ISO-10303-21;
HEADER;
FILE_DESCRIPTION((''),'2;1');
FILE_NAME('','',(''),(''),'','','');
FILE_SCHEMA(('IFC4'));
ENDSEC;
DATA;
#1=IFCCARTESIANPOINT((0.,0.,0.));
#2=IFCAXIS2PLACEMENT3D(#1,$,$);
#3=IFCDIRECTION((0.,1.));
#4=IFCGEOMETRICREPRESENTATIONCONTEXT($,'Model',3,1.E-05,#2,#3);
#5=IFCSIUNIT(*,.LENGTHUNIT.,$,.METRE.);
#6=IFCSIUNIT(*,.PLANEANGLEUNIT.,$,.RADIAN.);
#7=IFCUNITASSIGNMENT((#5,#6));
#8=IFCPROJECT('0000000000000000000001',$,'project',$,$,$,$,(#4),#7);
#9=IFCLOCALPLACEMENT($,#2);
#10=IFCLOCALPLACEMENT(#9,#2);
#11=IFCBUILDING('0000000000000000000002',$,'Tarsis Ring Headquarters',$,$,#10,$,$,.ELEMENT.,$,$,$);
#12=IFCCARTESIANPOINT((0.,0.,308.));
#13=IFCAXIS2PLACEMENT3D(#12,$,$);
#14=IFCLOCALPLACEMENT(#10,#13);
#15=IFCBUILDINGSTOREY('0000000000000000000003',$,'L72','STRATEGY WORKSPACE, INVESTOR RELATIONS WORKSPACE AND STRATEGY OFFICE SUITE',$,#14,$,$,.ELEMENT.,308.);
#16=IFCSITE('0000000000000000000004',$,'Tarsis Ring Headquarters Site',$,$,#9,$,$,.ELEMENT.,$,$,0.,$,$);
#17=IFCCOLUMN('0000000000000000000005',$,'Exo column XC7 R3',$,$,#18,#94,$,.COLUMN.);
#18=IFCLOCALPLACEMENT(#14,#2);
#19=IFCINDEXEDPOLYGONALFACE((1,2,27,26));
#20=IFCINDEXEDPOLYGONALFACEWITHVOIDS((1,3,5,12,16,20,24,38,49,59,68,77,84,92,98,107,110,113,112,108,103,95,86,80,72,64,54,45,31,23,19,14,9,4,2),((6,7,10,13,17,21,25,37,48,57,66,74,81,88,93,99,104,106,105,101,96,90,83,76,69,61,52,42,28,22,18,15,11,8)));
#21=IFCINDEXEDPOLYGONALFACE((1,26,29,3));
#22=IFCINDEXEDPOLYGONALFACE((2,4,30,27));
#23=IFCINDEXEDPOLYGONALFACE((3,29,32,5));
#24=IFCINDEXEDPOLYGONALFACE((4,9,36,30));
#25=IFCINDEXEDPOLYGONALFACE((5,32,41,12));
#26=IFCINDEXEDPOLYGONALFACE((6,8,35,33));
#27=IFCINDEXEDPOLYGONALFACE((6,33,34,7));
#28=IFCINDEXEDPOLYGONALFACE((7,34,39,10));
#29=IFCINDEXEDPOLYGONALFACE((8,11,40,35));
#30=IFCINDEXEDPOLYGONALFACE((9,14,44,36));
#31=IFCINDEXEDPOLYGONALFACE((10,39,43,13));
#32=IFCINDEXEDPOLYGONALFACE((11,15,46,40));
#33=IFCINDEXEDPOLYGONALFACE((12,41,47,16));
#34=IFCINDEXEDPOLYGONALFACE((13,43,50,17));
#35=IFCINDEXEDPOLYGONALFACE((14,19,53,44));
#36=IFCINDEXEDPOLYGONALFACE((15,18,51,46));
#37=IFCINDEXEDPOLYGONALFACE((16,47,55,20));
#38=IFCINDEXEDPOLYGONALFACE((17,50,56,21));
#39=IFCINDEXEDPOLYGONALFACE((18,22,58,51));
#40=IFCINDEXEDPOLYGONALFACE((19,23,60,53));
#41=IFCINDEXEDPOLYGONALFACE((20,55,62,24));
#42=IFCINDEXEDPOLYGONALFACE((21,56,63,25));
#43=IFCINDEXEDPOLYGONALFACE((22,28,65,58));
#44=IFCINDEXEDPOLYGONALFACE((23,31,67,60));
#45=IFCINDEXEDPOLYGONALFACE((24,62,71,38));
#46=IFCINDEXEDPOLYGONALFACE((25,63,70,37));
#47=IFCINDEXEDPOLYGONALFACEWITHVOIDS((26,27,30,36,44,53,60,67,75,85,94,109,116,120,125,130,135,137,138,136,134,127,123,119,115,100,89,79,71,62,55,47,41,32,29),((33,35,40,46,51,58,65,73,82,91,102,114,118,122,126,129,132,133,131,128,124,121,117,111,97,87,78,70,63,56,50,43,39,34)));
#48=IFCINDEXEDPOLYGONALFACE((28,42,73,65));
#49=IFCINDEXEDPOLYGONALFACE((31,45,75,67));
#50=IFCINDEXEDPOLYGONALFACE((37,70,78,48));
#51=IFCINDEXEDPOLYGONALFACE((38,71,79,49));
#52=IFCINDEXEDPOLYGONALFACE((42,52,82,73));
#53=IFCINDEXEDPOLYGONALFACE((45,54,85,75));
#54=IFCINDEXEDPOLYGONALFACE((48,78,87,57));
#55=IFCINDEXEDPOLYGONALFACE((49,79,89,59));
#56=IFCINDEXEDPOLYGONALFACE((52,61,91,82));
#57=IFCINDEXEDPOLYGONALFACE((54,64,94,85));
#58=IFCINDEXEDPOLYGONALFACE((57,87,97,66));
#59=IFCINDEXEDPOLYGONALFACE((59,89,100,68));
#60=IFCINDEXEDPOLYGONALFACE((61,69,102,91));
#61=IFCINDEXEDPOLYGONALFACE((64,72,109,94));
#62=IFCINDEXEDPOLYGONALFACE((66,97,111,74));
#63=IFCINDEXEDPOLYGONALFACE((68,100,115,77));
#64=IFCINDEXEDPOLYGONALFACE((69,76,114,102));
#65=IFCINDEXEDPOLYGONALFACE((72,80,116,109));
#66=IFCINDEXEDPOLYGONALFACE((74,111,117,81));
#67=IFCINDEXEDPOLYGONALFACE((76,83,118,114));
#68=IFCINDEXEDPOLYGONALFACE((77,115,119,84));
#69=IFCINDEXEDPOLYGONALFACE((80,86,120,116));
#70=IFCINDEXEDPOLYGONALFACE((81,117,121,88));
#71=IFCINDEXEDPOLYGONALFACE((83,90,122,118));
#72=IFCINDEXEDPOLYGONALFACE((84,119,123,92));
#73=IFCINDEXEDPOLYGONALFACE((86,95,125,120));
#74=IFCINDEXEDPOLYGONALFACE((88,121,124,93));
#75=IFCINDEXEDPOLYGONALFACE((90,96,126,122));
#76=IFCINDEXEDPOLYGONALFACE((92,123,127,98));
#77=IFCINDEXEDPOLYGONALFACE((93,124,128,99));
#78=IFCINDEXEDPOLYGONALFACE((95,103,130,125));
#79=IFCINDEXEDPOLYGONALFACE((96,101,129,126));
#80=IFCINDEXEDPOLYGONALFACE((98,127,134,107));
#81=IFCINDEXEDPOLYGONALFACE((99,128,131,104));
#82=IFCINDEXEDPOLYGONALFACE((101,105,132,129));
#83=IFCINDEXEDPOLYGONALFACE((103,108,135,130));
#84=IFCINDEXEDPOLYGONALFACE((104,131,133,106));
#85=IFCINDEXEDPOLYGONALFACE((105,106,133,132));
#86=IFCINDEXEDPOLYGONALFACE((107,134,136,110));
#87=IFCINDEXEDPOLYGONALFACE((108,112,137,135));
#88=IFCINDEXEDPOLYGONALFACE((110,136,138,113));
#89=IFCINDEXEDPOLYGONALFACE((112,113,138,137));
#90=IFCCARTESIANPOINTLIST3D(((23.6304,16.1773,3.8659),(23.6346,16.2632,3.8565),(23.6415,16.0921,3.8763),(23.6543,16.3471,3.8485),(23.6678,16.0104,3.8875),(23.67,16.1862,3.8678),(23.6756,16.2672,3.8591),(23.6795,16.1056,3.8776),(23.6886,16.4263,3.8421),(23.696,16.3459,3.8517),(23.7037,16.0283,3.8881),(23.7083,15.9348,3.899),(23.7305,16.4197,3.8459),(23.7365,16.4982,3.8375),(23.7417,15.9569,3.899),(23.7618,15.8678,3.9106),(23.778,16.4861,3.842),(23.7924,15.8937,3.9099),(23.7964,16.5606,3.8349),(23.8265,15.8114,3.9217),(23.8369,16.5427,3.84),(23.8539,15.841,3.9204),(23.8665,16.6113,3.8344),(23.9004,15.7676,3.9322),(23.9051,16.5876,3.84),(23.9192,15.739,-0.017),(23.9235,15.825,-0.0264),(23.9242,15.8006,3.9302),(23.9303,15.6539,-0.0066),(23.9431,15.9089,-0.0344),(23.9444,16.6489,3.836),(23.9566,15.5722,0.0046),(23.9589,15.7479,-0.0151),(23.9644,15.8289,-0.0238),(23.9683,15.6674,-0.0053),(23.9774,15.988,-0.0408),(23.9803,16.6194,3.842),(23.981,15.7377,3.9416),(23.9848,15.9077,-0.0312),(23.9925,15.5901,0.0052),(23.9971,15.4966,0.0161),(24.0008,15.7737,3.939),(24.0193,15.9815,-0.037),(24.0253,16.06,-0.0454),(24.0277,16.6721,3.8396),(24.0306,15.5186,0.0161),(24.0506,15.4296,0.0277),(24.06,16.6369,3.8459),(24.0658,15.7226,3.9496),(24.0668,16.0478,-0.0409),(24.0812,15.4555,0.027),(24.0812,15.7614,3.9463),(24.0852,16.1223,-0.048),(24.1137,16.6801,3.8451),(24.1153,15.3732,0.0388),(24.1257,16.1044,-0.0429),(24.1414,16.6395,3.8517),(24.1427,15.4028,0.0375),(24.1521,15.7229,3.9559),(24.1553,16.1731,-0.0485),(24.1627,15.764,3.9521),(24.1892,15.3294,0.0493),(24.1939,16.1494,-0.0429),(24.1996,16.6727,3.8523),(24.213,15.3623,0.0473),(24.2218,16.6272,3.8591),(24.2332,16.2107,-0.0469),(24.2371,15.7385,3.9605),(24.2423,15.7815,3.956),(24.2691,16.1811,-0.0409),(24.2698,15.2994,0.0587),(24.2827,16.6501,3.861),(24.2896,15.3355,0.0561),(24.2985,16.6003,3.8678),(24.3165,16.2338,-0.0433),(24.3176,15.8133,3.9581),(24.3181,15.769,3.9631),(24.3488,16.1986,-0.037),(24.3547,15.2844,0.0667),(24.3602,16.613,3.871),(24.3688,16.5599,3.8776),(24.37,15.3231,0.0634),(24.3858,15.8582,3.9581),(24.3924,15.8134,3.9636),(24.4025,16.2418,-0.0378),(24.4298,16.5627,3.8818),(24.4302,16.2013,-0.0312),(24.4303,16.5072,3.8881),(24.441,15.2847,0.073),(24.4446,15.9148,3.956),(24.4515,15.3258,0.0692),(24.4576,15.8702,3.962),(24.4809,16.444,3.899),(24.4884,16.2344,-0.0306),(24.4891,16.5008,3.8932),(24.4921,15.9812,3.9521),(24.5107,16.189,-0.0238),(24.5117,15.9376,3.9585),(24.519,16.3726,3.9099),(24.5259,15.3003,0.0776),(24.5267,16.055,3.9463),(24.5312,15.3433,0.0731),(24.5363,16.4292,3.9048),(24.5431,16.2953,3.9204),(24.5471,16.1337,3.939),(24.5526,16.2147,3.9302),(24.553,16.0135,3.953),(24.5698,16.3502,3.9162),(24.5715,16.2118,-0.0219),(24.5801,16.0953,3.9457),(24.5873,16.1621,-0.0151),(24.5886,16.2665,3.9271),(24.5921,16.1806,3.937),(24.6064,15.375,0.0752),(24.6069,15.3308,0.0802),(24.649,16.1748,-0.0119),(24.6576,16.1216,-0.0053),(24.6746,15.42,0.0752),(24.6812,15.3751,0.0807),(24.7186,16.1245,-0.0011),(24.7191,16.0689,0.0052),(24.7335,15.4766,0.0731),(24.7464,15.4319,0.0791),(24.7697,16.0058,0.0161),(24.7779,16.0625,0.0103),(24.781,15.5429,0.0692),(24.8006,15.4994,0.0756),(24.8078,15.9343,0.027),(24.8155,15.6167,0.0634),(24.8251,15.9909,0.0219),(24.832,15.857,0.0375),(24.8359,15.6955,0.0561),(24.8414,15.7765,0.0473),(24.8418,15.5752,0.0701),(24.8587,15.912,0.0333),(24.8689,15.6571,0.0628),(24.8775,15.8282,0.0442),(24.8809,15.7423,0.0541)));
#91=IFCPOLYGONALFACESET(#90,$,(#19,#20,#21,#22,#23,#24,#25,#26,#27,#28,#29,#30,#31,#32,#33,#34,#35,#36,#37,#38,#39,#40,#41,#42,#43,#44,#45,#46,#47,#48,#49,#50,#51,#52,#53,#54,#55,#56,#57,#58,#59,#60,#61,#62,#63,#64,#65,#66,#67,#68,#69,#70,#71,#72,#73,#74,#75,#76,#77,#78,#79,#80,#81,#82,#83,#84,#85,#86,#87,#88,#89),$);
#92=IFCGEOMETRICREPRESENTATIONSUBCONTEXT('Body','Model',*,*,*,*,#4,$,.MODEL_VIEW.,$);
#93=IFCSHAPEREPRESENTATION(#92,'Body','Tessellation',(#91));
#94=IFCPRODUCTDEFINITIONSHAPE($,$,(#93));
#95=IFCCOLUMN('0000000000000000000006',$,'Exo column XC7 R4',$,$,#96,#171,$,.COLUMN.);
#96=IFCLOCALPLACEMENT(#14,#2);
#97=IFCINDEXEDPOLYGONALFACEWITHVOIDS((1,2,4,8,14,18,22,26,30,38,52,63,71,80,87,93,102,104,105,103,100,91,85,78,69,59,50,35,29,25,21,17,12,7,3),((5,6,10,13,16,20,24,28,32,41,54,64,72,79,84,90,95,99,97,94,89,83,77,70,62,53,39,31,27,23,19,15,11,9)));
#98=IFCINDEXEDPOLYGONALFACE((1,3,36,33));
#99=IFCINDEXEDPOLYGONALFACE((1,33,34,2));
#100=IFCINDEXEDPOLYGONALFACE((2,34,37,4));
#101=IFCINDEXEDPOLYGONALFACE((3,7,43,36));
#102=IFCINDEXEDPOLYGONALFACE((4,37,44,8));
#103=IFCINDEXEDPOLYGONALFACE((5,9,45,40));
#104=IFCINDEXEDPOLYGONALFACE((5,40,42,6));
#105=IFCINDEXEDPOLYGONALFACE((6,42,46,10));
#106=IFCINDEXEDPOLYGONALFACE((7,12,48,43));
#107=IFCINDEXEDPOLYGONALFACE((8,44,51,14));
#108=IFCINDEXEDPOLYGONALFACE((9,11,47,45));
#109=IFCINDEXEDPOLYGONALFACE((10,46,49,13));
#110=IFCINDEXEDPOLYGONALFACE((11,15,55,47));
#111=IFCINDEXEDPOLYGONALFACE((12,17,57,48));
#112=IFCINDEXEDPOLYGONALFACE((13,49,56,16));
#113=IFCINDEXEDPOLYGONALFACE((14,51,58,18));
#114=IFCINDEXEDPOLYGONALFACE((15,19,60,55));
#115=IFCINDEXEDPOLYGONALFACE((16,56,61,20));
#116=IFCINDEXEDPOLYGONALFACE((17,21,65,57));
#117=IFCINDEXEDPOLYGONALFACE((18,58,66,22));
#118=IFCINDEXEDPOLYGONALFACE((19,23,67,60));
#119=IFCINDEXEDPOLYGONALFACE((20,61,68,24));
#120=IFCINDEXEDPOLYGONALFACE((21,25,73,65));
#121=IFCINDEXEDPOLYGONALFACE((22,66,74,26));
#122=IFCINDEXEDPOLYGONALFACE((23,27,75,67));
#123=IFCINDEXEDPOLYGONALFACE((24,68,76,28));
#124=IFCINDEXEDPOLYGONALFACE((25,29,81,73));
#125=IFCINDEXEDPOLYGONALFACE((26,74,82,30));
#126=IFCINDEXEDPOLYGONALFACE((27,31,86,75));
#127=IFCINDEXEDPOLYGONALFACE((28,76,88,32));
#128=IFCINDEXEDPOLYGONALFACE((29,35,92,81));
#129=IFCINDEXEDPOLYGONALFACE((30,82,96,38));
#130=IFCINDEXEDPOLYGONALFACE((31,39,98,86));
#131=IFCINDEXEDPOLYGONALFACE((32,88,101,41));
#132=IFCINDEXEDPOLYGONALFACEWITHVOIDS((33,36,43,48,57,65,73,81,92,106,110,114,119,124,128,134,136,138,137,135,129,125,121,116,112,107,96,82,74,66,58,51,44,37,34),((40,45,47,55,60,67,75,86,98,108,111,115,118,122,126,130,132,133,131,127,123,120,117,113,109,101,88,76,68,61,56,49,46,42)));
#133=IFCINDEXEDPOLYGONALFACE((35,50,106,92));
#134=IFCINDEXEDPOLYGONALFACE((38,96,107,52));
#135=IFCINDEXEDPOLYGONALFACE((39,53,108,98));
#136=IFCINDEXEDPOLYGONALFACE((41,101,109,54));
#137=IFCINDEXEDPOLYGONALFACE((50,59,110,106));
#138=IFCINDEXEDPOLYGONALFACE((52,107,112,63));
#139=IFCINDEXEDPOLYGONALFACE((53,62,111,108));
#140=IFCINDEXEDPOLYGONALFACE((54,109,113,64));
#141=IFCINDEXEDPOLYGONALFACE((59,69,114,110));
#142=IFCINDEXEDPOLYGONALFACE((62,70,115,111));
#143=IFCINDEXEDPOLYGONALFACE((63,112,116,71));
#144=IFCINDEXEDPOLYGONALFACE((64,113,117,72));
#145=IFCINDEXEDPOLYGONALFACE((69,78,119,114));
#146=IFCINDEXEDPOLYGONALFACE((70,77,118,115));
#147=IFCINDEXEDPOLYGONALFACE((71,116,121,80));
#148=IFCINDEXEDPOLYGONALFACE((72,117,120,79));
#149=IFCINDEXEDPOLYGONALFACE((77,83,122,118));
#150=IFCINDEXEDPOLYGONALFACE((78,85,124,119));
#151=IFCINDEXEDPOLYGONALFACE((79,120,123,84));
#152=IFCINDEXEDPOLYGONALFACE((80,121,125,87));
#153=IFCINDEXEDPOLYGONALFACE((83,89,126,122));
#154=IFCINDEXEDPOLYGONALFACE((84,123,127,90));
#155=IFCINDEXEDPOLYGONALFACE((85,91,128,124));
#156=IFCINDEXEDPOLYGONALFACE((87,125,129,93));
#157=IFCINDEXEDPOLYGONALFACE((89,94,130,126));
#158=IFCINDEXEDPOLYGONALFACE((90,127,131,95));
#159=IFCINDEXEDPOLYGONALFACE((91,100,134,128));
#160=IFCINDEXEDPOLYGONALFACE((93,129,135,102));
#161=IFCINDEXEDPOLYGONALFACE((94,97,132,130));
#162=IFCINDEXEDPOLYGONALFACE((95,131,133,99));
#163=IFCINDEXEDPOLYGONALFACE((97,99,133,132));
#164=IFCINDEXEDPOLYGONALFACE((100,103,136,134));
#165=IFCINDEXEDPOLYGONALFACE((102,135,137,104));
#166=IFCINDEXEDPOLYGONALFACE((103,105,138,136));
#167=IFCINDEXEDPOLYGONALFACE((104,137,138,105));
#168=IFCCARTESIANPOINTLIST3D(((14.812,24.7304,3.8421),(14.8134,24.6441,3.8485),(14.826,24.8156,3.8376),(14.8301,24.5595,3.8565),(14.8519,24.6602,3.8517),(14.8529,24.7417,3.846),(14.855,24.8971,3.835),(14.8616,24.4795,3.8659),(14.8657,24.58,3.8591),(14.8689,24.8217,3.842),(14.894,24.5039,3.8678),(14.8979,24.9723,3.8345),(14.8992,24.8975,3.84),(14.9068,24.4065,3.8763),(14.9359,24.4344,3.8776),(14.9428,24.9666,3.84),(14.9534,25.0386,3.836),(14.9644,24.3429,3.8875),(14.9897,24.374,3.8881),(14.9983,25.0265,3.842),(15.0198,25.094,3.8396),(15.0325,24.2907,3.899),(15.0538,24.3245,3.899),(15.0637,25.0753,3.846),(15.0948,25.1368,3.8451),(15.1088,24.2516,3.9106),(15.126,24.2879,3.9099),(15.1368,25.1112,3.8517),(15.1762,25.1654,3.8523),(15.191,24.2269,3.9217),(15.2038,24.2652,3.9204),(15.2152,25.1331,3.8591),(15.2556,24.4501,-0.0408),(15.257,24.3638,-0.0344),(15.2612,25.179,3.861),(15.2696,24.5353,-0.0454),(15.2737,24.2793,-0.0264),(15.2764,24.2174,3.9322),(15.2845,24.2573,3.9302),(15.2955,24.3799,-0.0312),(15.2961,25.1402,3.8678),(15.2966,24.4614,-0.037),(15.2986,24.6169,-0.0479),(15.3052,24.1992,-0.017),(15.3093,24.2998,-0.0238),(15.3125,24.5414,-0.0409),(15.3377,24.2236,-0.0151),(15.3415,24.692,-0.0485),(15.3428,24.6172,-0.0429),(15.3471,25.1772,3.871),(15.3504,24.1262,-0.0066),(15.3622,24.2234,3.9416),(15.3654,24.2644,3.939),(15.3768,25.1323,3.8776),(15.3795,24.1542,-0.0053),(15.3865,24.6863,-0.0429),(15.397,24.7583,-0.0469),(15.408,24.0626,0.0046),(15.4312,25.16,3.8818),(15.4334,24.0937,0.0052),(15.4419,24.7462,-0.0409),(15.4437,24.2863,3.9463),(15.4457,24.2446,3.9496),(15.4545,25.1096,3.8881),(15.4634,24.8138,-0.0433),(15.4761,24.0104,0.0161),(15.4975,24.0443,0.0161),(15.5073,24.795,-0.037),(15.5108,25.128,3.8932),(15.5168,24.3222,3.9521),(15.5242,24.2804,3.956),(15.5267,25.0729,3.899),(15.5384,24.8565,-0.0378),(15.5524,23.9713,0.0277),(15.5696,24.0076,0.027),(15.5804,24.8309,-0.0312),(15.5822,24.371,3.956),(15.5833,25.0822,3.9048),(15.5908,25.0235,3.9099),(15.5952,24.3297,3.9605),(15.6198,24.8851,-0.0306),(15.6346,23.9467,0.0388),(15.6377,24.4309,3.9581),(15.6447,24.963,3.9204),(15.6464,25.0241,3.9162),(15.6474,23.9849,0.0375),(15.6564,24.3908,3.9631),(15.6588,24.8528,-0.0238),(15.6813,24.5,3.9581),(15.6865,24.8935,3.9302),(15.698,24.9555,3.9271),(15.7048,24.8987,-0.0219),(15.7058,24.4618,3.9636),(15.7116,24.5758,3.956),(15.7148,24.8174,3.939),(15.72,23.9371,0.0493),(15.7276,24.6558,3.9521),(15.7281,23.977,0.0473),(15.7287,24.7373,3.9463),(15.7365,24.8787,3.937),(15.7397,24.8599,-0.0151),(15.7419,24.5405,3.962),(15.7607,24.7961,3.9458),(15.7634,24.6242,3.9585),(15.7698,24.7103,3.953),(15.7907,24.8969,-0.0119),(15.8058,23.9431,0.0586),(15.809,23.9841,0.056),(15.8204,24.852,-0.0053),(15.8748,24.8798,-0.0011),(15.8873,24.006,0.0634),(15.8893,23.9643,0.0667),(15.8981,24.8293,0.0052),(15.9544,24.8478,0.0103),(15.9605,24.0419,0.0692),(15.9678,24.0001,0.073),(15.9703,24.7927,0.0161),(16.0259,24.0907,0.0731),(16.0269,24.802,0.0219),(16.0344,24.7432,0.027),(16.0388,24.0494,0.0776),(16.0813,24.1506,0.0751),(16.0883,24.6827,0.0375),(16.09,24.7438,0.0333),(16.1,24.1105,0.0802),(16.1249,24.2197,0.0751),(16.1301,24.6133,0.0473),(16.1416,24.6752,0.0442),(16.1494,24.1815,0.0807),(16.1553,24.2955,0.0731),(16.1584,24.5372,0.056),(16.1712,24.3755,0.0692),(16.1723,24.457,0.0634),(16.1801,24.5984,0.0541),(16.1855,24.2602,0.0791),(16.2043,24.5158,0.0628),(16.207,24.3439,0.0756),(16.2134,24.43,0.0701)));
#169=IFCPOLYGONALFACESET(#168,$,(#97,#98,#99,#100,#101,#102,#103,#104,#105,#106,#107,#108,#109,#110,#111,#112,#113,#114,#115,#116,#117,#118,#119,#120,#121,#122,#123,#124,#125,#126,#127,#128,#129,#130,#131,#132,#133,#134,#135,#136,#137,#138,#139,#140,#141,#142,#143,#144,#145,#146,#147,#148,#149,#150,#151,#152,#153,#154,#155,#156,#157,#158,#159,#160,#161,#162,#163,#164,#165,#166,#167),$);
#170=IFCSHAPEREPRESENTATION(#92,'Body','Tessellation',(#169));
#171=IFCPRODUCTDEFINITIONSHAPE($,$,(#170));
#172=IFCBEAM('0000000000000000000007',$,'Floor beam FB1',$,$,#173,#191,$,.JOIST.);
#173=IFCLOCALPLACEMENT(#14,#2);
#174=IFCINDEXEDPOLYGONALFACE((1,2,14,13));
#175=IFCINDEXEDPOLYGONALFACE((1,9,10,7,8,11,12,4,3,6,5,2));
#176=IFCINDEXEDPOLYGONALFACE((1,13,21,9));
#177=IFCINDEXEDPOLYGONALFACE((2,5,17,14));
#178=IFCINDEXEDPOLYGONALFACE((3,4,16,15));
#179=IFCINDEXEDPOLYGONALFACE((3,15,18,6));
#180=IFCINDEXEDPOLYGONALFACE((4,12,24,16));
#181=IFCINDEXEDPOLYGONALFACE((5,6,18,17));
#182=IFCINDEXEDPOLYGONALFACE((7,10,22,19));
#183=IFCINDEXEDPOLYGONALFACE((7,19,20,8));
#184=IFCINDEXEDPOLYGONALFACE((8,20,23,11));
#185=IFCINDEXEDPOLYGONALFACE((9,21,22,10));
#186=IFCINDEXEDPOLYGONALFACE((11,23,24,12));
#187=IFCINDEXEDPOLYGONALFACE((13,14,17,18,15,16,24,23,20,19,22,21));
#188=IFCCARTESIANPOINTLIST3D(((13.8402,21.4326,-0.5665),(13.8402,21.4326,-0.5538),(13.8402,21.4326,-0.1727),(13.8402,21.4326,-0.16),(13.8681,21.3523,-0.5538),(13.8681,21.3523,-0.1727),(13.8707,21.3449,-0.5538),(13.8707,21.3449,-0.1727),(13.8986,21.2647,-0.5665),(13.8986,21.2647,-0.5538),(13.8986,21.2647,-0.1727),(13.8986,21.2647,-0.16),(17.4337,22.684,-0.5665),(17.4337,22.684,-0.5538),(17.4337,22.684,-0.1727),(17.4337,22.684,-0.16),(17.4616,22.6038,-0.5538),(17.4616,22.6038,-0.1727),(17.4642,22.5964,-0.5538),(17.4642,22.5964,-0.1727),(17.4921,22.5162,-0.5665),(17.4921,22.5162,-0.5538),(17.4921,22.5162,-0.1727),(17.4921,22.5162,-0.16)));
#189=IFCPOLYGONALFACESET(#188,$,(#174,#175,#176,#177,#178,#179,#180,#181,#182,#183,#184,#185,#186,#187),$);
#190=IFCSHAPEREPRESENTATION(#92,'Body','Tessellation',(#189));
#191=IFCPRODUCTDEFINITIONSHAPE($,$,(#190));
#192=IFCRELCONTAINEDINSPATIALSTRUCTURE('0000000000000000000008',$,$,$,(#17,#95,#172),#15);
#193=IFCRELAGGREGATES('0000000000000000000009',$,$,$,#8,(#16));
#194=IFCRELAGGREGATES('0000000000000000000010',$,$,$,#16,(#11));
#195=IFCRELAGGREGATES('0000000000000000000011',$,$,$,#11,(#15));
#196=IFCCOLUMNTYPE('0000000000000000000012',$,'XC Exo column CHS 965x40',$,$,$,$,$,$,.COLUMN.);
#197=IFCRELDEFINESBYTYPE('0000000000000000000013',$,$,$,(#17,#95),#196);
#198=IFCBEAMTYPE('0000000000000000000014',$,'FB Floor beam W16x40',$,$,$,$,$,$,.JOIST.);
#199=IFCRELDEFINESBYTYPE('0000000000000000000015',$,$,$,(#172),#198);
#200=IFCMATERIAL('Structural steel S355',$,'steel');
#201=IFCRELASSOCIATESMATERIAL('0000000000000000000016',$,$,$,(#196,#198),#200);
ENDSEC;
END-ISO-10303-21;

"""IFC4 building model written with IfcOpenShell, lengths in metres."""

from ifc_helpers import new_model, si_unit, direction, frame, origin, origin_2d, place, context, subcontext, project, spatial, hollow_circle, i_section, extrude, material, material_profile, profile_set, type_object, element, save


model = new_model("IFC4")

# Units and contexts
model_context = context("Model", 3, precision=1e-05, world=origin(), true_north=direction((0.0, 1.0)))
body_context = subcontext(model_context, "Body", "Model", "MODEL_VIEW")
ifc_project = project(units=[si_unit("LENGTHUNIT", "METRE"), si_unit("PLANEANGLEUNIT", "RADIAN")], contexts=[model_context])

# Site, building, storey
site_placement = place(None, origin())
site = spatial("IfcSite", under=ifc_project, at=site_placement, Name="Tarsis Ring Headquarters Site", CompositionType="ELEMENT", RefElevation=0.0)
building_placement = place(site_placement, origin())
building = spatial("IfcBuilding", under=site, at=building_placement, Name="Tarsis Ring Headquarters", CompositionType="ELEMENT")
storey_placement = place(building_placement, frame((0.0, 0.0, 308.0)))
storey = spatial("IfcBuildingStorey", under=building, at=storey_placement, Name="L72", Description="STRATEGY WORKSPACE, INVESTOR RELATIONS WORKSPACE AND STRATEGY OFFICE SUITE", CompositionType="ELEMENT", Elevation=308.0)

# Columns
ifc_material_1 = material(Name="Structural steel S355", Category="steel")
ifc_material_profile_1 = material_profile(ifc_material_1, hollow_circle(Radius=0.4827, WallThickness=0.04, at=origin_2d()), Name="CHS 965x40")
ifc_profile_set_1 = profile_set([ifc_material_profile_1], Name="Structural steel S355")
column_type = type_object("IfcColumnType", Name="XC Exo column CHS 965x40", PredefinedType="COLUMN", material=ifc_profile_set_1)
for number, where, z_axis, x_axis, name in (
    (1, (24.4001, 15.7622, 0.0161), (-0.073713, 0.111848, 0.990988), (-0.834973, -0.550291, 0.0), "Exo column XC7 R3"),
    (2, (15.7339, 24.4185, 0.0161), (-0.113219, 0.071533, 0.990992), (-0.534133, -0.8454, 0.0), "Exo column XC7 R4"),
):
    element("IfcColumn", number, at=place(storey_placement, frame(where, z_axis=z_axis, x_axis=x_axis)), inside=storey, type_object=column_type, Name=name, PredefinedType="COLUMN", context=body_context, shape_type="SweptSolid", body=[
        extrude(hollow_circle(Radius=0.4827, WallThickness=0.04, at=origin_2d()), origin(), (0.0, 0.0, 1.0), 3.9182),
    ])

# Beam
ifc_material_profile_2 = material_profile(ifc_material_1, i_section(OverallWidth=0.1777, OverallDepth=0.4065, WebThickness=0.0078, FlangeThickness=0.0127, at=origin_2d()), Name="W16x40")
ifc_profile_set_2 = profile_set([ifc_material_profile_2], Name="Structural steel S355")
beam_type_1 = type_object("IfcBeamType", Name="FB Floor beam W16x40", PredefinedType="JOIST", material=ifc_profile_set_2)
beam_1_placement = place(storey_placement, frame((13.8694, 21.3486, -0.3633), z_axis=(0.94437, 0.328884, 0.0), x_axis=(-0.328884, 0.94437, 0.0)))
element("IfcBeam", 3, at=beam_1_placement, inside=storey, type_object=beam_type_1, Name="Floor beam FB1", PredefinedType="JOIST", context=body_context, shape_type="SweptSolid", body=[
    extrude(i_section(OverallWidth=0.1777, OverallDepth=0.4065, WebThickness=0.0078, FlangeThickness=0.0127, at=origin_2d()), origin(), (0.0, 0.0, 1.0), 3.8052),
])

save(model, "model.ifc")
